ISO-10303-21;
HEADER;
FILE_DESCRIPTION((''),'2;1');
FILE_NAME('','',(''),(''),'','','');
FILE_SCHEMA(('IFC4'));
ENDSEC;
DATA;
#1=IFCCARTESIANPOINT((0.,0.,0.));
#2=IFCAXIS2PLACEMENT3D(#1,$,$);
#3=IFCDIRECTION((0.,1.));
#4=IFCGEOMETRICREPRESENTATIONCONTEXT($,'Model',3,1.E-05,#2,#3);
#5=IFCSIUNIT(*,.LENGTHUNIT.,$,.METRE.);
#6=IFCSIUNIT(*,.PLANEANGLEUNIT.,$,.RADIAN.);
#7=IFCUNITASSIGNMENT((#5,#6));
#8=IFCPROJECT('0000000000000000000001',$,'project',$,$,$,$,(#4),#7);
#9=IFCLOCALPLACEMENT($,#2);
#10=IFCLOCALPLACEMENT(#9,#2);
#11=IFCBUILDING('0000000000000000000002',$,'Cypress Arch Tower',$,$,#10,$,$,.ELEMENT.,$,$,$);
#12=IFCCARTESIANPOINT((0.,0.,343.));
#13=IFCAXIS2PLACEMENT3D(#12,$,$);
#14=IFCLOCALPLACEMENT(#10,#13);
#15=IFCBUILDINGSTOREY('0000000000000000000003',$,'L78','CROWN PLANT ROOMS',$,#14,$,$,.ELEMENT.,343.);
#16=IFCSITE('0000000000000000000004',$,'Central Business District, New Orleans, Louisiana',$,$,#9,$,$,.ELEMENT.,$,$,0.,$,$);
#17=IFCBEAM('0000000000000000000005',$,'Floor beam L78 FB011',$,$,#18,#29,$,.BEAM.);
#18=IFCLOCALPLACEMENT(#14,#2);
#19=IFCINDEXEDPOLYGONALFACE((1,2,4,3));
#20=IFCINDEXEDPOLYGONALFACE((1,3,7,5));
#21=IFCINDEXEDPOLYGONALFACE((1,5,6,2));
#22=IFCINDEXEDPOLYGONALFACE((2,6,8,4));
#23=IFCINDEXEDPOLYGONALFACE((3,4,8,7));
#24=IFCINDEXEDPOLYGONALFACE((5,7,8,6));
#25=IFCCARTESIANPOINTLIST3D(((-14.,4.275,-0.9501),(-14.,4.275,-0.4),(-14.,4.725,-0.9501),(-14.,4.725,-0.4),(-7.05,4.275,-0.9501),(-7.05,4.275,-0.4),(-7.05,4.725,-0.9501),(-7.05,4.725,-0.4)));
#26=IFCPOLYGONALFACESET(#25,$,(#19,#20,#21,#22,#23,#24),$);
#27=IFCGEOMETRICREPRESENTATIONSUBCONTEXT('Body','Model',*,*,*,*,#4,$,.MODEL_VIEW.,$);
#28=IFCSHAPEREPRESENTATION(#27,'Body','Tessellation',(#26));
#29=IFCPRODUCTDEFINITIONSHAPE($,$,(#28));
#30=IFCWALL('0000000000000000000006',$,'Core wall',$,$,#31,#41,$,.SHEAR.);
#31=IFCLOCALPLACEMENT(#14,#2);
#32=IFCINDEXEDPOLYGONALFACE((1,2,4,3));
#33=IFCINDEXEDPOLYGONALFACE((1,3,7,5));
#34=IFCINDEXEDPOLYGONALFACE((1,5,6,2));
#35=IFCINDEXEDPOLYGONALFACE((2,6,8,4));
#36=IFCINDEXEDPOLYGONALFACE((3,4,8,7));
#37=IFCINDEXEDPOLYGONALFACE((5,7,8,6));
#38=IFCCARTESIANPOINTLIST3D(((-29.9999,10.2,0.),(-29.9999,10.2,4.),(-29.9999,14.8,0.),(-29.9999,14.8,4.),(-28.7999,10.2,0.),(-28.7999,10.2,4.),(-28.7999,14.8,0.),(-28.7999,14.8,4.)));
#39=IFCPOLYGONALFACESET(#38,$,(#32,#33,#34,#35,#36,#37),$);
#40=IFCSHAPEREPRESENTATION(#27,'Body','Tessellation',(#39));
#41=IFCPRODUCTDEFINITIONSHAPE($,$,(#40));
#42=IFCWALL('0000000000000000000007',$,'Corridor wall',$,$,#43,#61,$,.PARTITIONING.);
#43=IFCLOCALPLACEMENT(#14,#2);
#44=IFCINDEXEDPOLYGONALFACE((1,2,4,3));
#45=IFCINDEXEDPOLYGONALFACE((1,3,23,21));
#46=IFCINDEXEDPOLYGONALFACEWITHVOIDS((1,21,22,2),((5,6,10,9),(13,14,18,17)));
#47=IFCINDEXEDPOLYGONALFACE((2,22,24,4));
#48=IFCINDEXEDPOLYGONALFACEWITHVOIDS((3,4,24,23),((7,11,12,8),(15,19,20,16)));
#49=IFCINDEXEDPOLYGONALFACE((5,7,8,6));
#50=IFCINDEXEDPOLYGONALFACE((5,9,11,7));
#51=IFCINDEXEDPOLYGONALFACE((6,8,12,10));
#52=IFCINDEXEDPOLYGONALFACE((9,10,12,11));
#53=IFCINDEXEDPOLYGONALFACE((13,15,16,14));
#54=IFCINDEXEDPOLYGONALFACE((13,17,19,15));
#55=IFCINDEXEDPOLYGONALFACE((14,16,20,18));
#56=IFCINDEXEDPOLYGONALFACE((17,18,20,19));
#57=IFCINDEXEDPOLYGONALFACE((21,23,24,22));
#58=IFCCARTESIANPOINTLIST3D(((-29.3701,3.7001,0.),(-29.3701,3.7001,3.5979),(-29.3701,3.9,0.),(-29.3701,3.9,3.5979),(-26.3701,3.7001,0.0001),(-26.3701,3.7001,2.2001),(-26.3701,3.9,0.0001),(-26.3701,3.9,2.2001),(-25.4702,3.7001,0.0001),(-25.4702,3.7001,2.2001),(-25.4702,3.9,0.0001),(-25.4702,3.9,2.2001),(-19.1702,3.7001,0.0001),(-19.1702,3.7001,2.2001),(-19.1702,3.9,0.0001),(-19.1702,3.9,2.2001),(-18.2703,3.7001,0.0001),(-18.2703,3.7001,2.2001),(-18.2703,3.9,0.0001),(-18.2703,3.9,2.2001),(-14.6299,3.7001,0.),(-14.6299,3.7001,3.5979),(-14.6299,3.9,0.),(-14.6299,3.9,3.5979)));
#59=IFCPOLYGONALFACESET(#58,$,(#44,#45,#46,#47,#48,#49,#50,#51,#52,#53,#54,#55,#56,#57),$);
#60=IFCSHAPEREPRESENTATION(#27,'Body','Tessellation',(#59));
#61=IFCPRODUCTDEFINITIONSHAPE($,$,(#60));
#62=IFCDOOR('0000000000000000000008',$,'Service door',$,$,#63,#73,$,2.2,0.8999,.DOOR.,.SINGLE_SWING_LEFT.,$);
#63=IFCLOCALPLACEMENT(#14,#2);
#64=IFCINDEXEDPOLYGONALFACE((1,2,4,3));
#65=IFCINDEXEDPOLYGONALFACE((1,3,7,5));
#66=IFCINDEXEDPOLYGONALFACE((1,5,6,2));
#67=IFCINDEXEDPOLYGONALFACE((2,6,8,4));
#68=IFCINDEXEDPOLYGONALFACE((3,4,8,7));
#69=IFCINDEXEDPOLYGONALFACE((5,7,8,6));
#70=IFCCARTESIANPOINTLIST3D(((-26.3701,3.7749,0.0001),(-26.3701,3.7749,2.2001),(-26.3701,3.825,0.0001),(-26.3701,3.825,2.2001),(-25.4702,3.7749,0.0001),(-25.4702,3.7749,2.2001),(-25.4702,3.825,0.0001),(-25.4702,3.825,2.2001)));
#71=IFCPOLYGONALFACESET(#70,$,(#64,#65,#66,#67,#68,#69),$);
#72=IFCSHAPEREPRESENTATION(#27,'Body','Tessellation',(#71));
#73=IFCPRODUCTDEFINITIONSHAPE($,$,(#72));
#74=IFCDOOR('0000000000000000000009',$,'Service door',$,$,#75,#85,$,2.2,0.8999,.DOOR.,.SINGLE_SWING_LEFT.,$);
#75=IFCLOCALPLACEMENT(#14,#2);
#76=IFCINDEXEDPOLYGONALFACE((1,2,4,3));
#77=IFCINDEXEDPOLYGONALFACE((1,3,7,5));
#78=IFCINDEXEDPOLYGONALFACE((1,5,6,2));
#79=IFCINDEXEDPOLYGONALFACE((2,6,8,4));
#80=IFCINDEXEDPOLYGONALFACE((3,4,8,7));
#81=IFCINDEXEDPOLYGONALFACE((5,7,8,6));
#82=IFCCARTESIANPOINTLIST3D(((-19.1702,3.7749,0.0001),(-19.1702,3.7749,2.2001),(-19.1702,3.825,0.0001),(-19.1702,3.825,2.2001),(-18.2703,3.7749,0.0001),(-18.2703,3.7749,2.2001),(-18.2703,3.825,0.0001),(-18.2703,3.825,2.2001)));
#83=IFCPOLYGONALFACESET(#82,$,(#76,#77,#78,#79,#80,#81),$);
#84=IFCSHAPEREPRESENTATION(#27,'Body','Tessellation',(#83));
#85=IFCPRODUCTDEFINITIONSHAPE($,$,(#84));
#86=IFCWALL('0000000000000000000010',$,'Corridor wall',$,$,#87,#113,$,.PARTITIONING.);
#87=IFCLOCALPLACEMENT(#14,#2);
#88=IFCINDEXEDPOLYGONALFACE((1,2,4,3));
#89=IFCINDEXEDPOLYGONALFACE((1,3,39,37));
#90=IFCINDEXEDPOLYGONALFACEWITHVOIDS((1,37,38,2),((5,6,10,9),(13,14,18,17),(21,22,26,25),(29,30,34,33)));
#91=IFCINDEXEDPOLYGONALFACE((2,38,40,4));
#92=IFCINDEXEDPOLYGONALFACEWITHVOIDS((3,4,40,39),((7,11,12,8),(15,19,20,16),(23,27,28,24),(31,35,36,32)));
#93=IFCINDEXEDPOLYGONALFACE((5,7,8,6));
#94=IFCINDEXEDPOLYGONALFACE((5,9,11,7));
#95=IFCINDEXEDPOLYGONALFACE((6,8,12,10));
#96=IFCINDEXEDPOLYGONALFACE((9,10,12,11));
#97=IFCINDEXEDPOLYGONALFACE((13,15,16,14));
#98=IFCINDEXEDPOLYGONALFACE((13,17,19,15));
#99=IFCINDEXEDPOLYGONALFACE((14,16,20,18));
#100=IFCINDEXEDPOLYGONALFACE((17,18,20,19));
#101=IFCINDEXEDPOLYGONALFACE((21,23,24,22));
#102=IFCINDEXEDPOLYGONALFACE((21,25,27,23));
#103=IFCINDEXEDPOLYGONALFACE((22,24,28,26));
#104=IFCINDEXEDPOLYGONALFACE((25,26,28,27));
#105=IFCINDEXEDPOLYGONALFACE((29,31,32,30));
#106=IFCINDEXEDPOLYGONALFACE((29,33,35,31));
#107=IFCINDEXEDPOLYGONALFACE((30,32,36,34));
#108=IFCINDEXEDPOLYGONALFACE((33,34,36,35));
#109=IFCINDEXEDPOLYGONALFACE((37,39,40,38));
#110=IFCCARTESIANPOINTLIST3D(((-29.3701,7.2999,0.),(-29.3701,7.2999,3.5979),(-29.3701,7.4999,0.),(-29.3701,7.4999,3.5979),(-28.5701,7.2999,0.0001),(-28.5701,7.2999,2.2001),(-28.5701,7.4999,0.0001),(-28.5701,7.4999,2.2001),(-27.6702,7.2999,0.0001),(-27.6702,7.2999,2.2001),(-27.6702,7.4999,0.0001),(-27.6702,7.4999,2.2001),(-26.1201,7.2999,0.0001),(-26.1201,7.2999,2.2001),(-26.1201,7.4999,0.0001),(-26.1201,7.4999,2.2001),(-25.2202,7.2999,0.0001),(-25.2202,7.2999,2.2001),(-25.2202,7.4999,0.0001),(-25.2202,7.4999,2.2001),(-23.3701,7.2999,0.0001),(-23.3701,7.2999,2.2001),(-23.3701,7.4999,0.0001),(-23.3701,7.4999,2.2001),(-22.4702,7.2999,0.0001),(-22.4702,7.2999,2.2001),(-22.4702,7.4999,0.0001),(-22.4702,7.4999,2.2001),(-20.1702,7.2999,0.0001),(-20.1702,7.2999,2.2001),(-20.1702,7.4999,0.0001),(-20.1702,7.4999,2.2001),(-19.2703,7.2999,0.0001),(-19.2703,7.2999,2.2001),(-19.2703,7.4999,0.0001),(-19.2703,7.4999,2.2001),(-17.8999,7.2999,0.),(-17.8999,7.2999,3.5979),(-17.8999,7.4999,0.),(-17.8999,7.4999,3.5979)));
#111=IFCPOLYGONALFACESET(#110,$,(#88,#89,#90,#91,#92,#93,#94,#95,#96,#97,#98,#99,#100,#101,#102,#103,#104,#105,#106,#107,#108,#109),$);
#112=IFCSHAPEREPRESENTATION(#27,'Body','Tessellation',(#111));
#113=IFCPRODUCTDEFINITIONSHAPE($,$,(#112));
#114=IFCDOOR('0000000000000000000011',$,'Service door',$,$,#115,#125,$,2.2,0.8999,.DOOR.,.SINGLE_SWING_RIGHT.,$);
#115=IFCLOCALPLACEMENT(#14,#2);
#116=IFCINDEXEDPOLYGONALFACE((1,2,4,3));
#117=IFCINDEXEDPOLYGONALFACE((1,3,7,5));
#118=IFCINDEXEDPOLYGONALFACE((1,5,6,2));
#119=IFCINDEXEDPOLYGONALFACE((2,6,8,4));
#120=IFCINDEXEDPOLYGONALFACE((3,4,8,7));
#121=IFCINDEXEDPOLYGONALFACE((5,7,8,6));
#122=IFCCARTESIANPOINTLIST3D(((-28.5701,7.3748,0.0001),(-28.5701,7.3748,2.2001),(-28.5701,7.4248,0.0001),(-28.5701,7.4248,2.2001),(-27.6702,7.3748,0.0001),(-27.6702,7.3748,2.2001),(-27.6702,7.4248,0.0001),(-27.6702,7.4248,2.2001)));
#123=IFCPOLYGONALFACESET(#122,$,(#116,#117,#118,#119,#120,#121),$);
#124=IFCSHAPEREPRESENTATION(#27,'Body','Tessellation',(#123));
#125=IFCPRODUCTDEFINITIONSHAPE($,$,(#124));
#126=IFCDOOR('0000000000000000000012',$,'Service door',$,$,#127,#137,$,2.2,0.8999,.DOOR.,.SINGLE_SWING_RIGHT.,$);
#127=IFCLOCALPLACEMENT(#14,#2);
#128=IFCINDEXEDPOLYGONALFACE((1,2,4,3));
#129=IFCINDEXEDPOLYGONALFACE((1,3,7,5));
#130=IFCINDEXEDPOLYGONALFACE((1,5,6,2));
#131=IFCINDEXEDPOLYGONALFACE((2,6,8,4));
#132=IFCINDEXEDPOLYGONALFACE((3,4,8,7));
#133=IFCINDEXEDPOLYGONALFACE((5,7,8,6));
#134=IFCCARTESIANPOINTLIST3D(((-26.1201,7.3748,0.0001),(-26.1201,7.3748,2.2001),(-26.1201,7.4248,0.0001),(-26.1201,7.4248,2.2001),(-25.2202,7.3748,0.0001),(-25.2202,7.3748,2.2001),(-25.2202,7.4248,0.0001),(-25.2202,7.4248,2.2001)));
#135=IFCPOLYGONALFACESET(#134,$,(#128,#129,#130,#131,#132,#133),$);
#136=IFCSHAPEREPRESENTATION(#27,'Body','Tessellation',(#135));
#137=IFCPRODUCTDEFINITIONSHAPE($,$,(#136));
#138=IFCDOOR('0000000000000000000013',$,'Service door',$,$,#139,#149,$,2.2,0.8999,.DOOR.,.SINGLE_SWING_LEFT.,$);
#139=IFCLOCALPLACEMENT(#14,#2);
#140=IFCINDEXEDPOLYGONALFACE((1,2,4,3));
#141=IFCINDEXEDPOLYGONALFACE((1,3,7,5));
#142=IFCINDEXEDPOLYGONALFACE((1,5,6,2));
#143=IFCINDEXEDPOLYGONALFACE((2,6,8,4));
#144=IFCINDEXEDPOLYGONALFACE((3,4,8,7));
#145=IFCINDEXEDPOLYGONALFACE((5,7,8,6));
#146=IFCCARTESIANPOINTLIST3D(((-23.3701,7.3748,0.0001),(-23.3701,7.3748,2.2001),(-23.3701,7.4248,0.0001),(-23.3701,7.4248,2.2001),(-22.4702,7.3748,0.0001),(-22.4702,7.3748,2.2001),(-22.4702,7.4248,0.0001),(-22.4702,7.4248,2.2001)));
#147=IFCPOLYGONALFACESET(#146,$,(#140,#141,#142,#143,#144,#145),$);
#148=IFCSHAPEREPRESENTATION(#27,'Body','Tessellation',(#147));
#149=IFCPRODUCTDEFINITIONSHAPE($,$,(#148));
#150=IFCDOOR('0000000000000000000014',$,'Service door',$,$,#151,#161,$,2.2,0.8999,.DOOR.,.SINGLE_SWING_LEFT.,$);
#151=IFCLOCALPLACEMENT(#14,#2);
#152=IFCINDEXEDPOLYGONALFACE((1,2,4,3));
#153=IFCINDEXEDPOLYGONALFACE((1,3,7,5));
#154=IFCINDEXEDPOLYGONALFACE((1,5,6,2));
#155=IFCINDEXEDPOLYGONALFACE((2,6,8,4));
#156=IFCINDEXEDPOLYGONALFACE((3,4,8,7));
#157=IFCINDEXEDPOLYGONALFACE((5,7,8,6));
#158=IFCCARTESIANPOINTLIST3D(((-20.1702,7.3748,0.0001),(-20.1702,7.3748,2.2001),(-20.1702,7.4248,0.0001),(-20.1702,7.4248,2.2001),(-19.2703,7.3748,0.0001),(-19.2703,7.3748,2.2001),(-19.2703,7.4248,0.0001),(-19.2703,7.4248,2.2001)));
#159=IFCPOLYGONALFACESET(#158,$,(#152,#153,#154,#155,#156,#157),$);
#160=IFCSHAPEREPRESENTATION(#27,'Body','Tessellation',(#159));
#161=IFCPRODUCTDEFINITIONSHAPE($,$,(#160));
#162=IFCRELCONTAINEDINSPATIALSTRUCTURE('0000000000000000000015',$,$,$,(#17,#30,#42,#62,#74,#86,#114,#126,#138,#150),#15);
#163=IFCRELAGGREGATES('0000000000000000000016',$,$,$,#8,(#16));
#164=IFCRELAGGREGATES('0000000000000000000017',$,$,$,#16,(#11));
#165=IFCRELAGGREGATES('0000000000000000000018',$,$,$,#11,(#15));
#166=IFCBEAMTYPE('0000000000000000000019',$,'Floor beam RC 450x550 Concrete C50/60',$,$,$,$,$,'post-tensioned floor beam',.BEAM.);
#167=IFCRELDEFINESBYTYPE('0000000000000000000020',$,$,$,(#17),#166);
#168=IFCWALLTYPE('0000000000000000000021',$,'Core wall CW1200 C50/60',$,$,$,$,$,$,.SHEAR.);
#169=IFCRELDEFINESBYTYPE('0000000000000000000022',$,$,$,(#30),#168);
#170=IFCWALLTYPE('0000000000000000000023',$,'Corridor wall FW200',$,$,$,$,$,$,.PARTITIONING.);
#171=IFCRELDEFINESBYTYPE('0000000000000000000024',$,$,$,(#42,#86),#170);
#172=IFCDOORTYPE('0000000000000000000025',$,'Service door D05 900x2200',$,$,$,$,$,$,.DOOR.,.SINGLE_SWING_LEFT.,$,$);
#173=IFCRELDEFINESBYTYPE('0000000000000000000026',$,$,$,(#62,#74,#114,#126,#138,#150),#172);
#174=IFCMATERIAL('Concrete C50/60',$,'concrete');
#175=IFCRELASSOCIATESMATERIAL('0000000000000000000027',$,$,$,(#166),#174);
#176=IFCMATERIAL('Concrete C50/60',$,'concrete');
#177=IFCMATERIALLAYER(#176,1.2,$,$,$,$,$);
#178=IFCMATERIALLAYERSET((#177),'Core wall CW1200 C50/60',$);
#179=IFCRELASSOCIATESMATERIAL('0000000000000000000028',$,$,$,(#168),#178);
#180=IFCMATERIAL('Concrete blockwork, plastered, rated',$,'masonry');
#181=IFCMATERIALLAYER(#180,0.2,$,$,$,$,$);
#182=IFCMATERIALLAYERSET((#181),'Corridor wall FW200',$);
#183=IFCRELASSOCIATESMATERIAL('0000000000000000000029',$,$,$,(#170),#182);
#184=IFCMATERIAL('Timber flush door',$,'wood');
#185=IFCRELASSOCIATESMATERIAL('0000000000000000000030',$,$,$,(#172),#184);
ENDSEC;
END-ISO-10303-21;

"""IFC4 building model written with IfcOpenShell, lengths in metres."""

from ifc_helpers import new_model, si_unit, direction, frame, frame_2d, origin, origin_2d, place, context, subcontext, project, spatial, rectangle, extrude, material, layer, layer_set, material_profile, profile_set, type_object, element, fill, save


model = new_model("IFC4")

# Units and contexts
model_context = context("Model", 3, precision=1e-05, world=origin(), true_north=direction((0.0, 1.0)))
body_context = subcontext(model_context, "Body", "Model", "MODEL_VIEW")
ifc_project = project(units=[si_unit("LENGTHUNIT", "METRE"), si_unit("PLANEANGLEUNIT", "RADIAN")], contexts=[model_context])

# Site, building, storey
site_placement = place(None, origin())
site = spatial("IfcSite", under=ifc_project, at=site_placement, Name="Central Business District, New Orleans, Louisiana", CompositionType="ELEMENT", RefElevation=0.0)
building_placement = place(site_placement, origin())
building = spatial("IfcBuilding", under=site, at=building_placement, Name="Cypress Arch Tower", CompositionType="ELEMENT")
storey_placement = place(building_placement, frame((0.0, 0.0, 343.0)))
storey = spatial("IfcBuildingStorey", under=building, at=storey_placement, Name="L78", Description="CROWN PLANT ROOMS", CompositionType="ELEMENT", Elevation=343.0)

# Beam
ifc_material_1 = material(Name="Concrete C50/60", Category="concrete")
ifc_material_profile = material_profile(ifc_material_1, rectangle(XDim=0.45, YDim=0.55, at=origin_2d()), Name="RC 450x550")
ifc_profile_set = profile_set([ifc_material_profile], Name="Concrete C50/60")
beam_type = type_object("IfcBeamType", Name="Floor beam RC 450x550 Concrete C50/60", ElementType="post-tensioned floor beam", PredefinedType="BEAM", material=ifc_profile_set)
beam_placement = place(storey_placement, frame((-14.0, 4.5, -0.675), z_axis=(1.0, 0.0, 0.0), x_axis=(0.0, 1.0, 0.0)))
element("IfcBeam", 1, at=beam_placement, inside=storey, type_object=beam_type, Name="Floor beam L78 FB011", PredefinedType="BEAM", context=body_context, shape_type="SweptSolid", body=[
    extrude(rectangle(XDim=0.45, YDim=0.55, at=origin_2d()), origin(), (0.0, 0.0, 1.0), 6.95),
])

# Wall
ifc_material_2 = material(Name="Concrete C50/60", Category="concrete")
ifc_layer_1 = layer(ifc_material_2, 1.2)
ifc_layer_set_1 = layer_set([ifc_layer_1], Name="Core wall CW1200 C50/60")
wall_type_1 = type_object("IfcWallType", Name="Core wall CW1200 C50/60", PredefinedType="SHEAR", material=ifc_layer_set_1)
wall_1_placement = place(storey_placement, frame((-29.3999, 10.2, 0.0), z_axis=(0.0, 0.0, 1.0), x_axis=(0.0, 1.0, 0.0)))
element("IfcWall", 2, at=wall_1_placement, inside=storey, type_object=wall_type_1, Name="Core wall", PredefinedType="SHEAR", context=body_context, shape_type="SweptSolid", body=[
    extrude(rectangle(XDim=4.6001, YDim=1.2, at=frame_2d((2.3, 0.0))), origin(), (0.0, 0.0, 1.0), 4.0),
])

# Walls, openings, doors
ifc_material_3 = material(Name="Concrete blockwork, plastered, rated", Category="masonry")
ifc_layer_2 = layer(ifc_material_3, 0.2)
ifc_layer_set_2 = layer_set([ifc_layer_2], Name="Corridor wall FW200")
wall_type_2 = type_object("IfcWallType", Name="Corridor wall FW200", PredefinedType="PARTITIONING", material=ifc_layer_set_2)
wall_2_placement = place(storey_placement, frame((-29.3701, 3.8, 0.0), z_axis=(0.0, 0.0, 1.0), x_axis=(1.0, 0.0, 0.0)))
wall_2 = element("IfcWall", 3, at=wall_2_placement, inside=storey, type_object=wall_type_2, Name="Corridor wall", PredefinedType="PARTITIONING", context=body_context, shape_type="SweptSolid", body=[
    extrude(rectangle(XDim=14.7402, YDim=0.2, at=frame_2d((7.3701, 0.0))), origin(), (0.0, 0.0, 1.0), 3.5979),
])
opening_1_placement = place(wall_2_placement, frame((3.0, 0.0, 0.0)))
opening_1 = element("IfcOpeningElement", 4, at=opening_1_placement, cuts=wall_2, PredefinedType="OPENING", context=body_context, shape_type="SweptSolid", body=[
    extrude(rectangle(XDim=0.8999, YDim=2.2, at=frame_2d((0.45, 1.1001))), frame((0.0, 0.1099, 0.0), z_axis=(0.0, -1.0, 0.0), x_axis=(1.0, 0.0, 0.0)), (0.0, 0.0, 1.0), 0.22),
])
opening_2_placement = place(wall_2_placement, frame((10.2, 0.0, 0.0)))
opening_2 = element("IfcOpeningElement", 5, at=opening_2_placement, cuts=wall_2, PredefinedType="OPENING", context=body_context, shape_type="SweptSolid", body=[
    extrude(rectangle(XDim=0.8999, YDim=2.2, at=frame_2d((0.45, 1.1001))), frame((0.0, 0.1099, 0.0), z_axis=(0.0, -1.0, 0.0), x_axis=(1.0, 0.0, 0.0)), (0.0, 0.0, 1.0), 0.22),
])
ifc_material_4 = material(Name="Timber flush door", Category="wood")
door_type_1 = type_object("IfcDoorType", Name="Service door D05 900x2200", OperationType="SINGLE_SWING_LEFT", PredefinedType="DOOR", material=ifc_material_4)
door_1_placement = place(opening_1_placement, origin())
door_1 = element("IfcDoor", 6, at=door_1_placement, inside=storey, type_object=door_type_1, Name="Service door", OperationType="SINGLE_SWING_LEFT", OverallHeight=2.2, OverallWidth=0.8999, PredefinedType="DOOR", context=body_context, shape_type="SweptSolid", body=[
    extrude(rectangle(XDim=0.8999, YDim=2.2, at=frame_2d((0.45, 1.1001))), frame((0.0, 0.0249, 0.0), z_axis=(0.0, -1.0, 0.0), x_axis=(1.0, 0.0, 0.0)), (0.0, 0.0, 1.0), 0.05),
])
fill(opening_1, door_1)
door_2_placement = place(opening_2_placement, origin())
door_2 = element("IfcDoor", 7, at=door_2_placement, inside=storey, type_object=door_type_1, Name="Service door", OperationType="SINGLE_SWING_LEFT", OverallHeight=2.2, OverallWidth=0.8999, PredefinedType="DOOR", context=body_context, shape_type="SweptSolid", body=[
    extrude(rectangle(XDim=0.8999, YDim=2.2, at=frame_2d((0.45, 1.1001))), frame((0.0, 0.0249, 0.0), z_axis=(0.0, -1.0, 0.0), x_axis=(1.0, 0.0, 0.0)), (0.0, 0.0, 1.0), 0.05),
])
fill(opening_2, door_2)
wall_3_placement = place(storey_placement, frame((-29.3701, 7.3999, 0.0), z_axis=(0.0, 0.0, 1.0), x_axis=(1.0, 0.0, 0.0)))
wall_3 = element("IfcWall", 8, at=wall_3_placement, inside=storey, type_object=wall_type_2, Name="Corridor wall", PredefinedType="PARTITIONING", context=body_context, shape_type="SweptSolid", body=[
    extrude(rectangle(XDim=11.4702, YDim=0.2, at=frame_2d((5.7351, 0.0))), origin(), (0.0, 0.0, 1.0), 3.5979),
])
opening_3_placement = place(wall_3_placement, frame((0.8, 0.0, 0.0)))
opening_3 = element("IfcOpeningElement", 9, at=opening_3_placement, cuts=wall_3, PredefinedType="OPENING", context=body_context, shape_type="SweptSolid", body=[
    extrude(rectangle(XDim=0.8999, YDim=2.2, at=frame_2d((0.45, 1.1001))), frame((0.0, 0.1099, 0.0), z_axis=(0.0, -1.0, 0.0), x_axis=(1.0, 0.0, 0.0)), (0.0, 0.0, 1.0), 0.22),
])
opening_4_placement = place(wall_3_placement, frame((3.25, 0.0, 0.0)))
opening_4 = element("IfcOpeningElement", 10, at=opening_4_placement, cuts=wall_3, PredefinedType="OPENING", context=body_context, shape_type="SweptSolid", body=[
    extrude(rectangle(XDim=0.8999, YDim=2.2, at=frame_2d((0.45, 1.1001))), frame((0.0, 0.1099, 0.0), z_axis=(0.0, -1.0, 0.0), x_axis=(1.0, 0.0, 0.0)), (0.0, 0.0, 1.0), 0.22),
])
opening_5_placement = place(wall_3_placement, frame((6.0, 0.0, 0.0)))
opening_5 = element("IfcOpeningElement", 11, at=opening_5_placement, cuts=wall_3, PredefinedType="OPENING", context=body_context, shape_type="SweptSolid", body=[
    extrude(rectangle(XDim=0.8999, YDim=2.2, at=frame_2d((0.45, 1.1001))), frame((0.0, 0.1099, 0.0), z_axis=(0.0, -1.0, 0.0), x_axis=(1.0, 0.0, 0.0)), (0.0, 0.0, 1.0), 0.22),
])
opening_6_placement = place(wall_3_placement, frame((9.2, 0.0, 0.0)))
opening_6 = element("IfcOpeningElement", 12, at=opening_6_placement, cuts=wall_3, PredefinedType="OPENING", context=body_context, shape_type="SweptSolid", body=[
    extrude(rectangle(XDim=0.8999, YDim=2.2, at=frame_2d((0.45, 1.1001))), frame((0.0, 0.1099, 0.0), z_axis=(0.0, -1.0, 0.0), x_axis=(1.0, 0.0, 0.0)), (0.0, 0.0, 1.0), 0.22),
])
door_3_placement = place(opening_3_placement, origin())
door_3 = element("IfcDoor", 13, at=door_3_placement, inside=storey, type_object=door_type_1, Name="Service door", OperationType="SINGLE_SWING_RIGHT", OverallHeight=2.2, OverallWidth=0.8999, PredefinedType="DOOR", context=body_context, shape_type="SweptSolid", body=[
    extrude(rectangle(XDim=0.8999, YDim=2.2, at=frame_2d((0.45, 1.1001))), frame((0.0, 0.0249, 0.0), z_axis=(0.0, -1.0, 0.0), x_axis=(1.0, 0.0, 0.0)), (0.0, 0.0, 1.0), 0.05),
])
fill(opening_3, door_3)
door_4_placement = place(opening_4_placement, origin())
door_4 = element("IfcDoor", 14, at=door_4_placement, inside=storey, type_object=door_type_1, Name="Service door", OperationType="SINGLE_SWING_RIGHT", OverallHeight=2.2, OverallWidth=0.8999, PredefinedType="DOOR", context=body_context, shape_type="SweptSolid", body=[
    extrude(rectangle(XDim=0.8999, YDim=2.2, at=frame_2d((0.45, 1.1001))), frame((0.0, 0.0249, 0.0), z_axis=(0.0, -1.0, 0.0), x_axis=(1.0, 0.0, 0.0)), (0.0, 0.0, 1.0), 0.05),
])
fill(opening_4, door_4)
door_5_placement = place(opening_5_placement, origin())
door_5 = element("IfcDoor", 15, at=door_5_placement, inside=storey, type_object=door_type_1, Name="Service door", OperationType="SINGLE_SWING_LEFT", OverallHeight=2.2, OverallWidth=0.8999, PredefinedType="DOOR", context=body_context, shape_type="SweptSolid", body=[
    extrude(rectangle(XDim=0.8999, YDim=2.2, at=frame_2d((0.45, 1.1001))), frame((0.0, 0.0249, 0.0), z_axis=(0.0, -1.0, 0.0), x_axis=(1.0, 0.0, 0.0)), (0.0, 0.0, 1.0), 0.05),
])
fill(opening_5, door_5)
door_6_placement = place(opening_6_placement, origin())
door_6 = element("IfcDoor", 16, at=door_6_placement, inside=storey, type_object=door_type_1, Name="Service door", OperationType="SINGLE_SWING_LEFT", OverallHeight=2.2, OverallWidth=0.8999, PredefinedType="DOOR", context=body_context, shape_type="SweptSolid", body=[
    extrude(rectangle(XDim=0.8999, YDim=2.2, at=frame_2d((0.45, 1.1001))), frame((0.0, 0.0249, 0.0), z_axis=(0.0, -1.0, 0.0), x_axis=(1.0, 0.0, 0.0)), (0.0, 0.0, 1.0), 0.05),
])
fill(opening_6, door_6)

save(model, "model.ifc")
